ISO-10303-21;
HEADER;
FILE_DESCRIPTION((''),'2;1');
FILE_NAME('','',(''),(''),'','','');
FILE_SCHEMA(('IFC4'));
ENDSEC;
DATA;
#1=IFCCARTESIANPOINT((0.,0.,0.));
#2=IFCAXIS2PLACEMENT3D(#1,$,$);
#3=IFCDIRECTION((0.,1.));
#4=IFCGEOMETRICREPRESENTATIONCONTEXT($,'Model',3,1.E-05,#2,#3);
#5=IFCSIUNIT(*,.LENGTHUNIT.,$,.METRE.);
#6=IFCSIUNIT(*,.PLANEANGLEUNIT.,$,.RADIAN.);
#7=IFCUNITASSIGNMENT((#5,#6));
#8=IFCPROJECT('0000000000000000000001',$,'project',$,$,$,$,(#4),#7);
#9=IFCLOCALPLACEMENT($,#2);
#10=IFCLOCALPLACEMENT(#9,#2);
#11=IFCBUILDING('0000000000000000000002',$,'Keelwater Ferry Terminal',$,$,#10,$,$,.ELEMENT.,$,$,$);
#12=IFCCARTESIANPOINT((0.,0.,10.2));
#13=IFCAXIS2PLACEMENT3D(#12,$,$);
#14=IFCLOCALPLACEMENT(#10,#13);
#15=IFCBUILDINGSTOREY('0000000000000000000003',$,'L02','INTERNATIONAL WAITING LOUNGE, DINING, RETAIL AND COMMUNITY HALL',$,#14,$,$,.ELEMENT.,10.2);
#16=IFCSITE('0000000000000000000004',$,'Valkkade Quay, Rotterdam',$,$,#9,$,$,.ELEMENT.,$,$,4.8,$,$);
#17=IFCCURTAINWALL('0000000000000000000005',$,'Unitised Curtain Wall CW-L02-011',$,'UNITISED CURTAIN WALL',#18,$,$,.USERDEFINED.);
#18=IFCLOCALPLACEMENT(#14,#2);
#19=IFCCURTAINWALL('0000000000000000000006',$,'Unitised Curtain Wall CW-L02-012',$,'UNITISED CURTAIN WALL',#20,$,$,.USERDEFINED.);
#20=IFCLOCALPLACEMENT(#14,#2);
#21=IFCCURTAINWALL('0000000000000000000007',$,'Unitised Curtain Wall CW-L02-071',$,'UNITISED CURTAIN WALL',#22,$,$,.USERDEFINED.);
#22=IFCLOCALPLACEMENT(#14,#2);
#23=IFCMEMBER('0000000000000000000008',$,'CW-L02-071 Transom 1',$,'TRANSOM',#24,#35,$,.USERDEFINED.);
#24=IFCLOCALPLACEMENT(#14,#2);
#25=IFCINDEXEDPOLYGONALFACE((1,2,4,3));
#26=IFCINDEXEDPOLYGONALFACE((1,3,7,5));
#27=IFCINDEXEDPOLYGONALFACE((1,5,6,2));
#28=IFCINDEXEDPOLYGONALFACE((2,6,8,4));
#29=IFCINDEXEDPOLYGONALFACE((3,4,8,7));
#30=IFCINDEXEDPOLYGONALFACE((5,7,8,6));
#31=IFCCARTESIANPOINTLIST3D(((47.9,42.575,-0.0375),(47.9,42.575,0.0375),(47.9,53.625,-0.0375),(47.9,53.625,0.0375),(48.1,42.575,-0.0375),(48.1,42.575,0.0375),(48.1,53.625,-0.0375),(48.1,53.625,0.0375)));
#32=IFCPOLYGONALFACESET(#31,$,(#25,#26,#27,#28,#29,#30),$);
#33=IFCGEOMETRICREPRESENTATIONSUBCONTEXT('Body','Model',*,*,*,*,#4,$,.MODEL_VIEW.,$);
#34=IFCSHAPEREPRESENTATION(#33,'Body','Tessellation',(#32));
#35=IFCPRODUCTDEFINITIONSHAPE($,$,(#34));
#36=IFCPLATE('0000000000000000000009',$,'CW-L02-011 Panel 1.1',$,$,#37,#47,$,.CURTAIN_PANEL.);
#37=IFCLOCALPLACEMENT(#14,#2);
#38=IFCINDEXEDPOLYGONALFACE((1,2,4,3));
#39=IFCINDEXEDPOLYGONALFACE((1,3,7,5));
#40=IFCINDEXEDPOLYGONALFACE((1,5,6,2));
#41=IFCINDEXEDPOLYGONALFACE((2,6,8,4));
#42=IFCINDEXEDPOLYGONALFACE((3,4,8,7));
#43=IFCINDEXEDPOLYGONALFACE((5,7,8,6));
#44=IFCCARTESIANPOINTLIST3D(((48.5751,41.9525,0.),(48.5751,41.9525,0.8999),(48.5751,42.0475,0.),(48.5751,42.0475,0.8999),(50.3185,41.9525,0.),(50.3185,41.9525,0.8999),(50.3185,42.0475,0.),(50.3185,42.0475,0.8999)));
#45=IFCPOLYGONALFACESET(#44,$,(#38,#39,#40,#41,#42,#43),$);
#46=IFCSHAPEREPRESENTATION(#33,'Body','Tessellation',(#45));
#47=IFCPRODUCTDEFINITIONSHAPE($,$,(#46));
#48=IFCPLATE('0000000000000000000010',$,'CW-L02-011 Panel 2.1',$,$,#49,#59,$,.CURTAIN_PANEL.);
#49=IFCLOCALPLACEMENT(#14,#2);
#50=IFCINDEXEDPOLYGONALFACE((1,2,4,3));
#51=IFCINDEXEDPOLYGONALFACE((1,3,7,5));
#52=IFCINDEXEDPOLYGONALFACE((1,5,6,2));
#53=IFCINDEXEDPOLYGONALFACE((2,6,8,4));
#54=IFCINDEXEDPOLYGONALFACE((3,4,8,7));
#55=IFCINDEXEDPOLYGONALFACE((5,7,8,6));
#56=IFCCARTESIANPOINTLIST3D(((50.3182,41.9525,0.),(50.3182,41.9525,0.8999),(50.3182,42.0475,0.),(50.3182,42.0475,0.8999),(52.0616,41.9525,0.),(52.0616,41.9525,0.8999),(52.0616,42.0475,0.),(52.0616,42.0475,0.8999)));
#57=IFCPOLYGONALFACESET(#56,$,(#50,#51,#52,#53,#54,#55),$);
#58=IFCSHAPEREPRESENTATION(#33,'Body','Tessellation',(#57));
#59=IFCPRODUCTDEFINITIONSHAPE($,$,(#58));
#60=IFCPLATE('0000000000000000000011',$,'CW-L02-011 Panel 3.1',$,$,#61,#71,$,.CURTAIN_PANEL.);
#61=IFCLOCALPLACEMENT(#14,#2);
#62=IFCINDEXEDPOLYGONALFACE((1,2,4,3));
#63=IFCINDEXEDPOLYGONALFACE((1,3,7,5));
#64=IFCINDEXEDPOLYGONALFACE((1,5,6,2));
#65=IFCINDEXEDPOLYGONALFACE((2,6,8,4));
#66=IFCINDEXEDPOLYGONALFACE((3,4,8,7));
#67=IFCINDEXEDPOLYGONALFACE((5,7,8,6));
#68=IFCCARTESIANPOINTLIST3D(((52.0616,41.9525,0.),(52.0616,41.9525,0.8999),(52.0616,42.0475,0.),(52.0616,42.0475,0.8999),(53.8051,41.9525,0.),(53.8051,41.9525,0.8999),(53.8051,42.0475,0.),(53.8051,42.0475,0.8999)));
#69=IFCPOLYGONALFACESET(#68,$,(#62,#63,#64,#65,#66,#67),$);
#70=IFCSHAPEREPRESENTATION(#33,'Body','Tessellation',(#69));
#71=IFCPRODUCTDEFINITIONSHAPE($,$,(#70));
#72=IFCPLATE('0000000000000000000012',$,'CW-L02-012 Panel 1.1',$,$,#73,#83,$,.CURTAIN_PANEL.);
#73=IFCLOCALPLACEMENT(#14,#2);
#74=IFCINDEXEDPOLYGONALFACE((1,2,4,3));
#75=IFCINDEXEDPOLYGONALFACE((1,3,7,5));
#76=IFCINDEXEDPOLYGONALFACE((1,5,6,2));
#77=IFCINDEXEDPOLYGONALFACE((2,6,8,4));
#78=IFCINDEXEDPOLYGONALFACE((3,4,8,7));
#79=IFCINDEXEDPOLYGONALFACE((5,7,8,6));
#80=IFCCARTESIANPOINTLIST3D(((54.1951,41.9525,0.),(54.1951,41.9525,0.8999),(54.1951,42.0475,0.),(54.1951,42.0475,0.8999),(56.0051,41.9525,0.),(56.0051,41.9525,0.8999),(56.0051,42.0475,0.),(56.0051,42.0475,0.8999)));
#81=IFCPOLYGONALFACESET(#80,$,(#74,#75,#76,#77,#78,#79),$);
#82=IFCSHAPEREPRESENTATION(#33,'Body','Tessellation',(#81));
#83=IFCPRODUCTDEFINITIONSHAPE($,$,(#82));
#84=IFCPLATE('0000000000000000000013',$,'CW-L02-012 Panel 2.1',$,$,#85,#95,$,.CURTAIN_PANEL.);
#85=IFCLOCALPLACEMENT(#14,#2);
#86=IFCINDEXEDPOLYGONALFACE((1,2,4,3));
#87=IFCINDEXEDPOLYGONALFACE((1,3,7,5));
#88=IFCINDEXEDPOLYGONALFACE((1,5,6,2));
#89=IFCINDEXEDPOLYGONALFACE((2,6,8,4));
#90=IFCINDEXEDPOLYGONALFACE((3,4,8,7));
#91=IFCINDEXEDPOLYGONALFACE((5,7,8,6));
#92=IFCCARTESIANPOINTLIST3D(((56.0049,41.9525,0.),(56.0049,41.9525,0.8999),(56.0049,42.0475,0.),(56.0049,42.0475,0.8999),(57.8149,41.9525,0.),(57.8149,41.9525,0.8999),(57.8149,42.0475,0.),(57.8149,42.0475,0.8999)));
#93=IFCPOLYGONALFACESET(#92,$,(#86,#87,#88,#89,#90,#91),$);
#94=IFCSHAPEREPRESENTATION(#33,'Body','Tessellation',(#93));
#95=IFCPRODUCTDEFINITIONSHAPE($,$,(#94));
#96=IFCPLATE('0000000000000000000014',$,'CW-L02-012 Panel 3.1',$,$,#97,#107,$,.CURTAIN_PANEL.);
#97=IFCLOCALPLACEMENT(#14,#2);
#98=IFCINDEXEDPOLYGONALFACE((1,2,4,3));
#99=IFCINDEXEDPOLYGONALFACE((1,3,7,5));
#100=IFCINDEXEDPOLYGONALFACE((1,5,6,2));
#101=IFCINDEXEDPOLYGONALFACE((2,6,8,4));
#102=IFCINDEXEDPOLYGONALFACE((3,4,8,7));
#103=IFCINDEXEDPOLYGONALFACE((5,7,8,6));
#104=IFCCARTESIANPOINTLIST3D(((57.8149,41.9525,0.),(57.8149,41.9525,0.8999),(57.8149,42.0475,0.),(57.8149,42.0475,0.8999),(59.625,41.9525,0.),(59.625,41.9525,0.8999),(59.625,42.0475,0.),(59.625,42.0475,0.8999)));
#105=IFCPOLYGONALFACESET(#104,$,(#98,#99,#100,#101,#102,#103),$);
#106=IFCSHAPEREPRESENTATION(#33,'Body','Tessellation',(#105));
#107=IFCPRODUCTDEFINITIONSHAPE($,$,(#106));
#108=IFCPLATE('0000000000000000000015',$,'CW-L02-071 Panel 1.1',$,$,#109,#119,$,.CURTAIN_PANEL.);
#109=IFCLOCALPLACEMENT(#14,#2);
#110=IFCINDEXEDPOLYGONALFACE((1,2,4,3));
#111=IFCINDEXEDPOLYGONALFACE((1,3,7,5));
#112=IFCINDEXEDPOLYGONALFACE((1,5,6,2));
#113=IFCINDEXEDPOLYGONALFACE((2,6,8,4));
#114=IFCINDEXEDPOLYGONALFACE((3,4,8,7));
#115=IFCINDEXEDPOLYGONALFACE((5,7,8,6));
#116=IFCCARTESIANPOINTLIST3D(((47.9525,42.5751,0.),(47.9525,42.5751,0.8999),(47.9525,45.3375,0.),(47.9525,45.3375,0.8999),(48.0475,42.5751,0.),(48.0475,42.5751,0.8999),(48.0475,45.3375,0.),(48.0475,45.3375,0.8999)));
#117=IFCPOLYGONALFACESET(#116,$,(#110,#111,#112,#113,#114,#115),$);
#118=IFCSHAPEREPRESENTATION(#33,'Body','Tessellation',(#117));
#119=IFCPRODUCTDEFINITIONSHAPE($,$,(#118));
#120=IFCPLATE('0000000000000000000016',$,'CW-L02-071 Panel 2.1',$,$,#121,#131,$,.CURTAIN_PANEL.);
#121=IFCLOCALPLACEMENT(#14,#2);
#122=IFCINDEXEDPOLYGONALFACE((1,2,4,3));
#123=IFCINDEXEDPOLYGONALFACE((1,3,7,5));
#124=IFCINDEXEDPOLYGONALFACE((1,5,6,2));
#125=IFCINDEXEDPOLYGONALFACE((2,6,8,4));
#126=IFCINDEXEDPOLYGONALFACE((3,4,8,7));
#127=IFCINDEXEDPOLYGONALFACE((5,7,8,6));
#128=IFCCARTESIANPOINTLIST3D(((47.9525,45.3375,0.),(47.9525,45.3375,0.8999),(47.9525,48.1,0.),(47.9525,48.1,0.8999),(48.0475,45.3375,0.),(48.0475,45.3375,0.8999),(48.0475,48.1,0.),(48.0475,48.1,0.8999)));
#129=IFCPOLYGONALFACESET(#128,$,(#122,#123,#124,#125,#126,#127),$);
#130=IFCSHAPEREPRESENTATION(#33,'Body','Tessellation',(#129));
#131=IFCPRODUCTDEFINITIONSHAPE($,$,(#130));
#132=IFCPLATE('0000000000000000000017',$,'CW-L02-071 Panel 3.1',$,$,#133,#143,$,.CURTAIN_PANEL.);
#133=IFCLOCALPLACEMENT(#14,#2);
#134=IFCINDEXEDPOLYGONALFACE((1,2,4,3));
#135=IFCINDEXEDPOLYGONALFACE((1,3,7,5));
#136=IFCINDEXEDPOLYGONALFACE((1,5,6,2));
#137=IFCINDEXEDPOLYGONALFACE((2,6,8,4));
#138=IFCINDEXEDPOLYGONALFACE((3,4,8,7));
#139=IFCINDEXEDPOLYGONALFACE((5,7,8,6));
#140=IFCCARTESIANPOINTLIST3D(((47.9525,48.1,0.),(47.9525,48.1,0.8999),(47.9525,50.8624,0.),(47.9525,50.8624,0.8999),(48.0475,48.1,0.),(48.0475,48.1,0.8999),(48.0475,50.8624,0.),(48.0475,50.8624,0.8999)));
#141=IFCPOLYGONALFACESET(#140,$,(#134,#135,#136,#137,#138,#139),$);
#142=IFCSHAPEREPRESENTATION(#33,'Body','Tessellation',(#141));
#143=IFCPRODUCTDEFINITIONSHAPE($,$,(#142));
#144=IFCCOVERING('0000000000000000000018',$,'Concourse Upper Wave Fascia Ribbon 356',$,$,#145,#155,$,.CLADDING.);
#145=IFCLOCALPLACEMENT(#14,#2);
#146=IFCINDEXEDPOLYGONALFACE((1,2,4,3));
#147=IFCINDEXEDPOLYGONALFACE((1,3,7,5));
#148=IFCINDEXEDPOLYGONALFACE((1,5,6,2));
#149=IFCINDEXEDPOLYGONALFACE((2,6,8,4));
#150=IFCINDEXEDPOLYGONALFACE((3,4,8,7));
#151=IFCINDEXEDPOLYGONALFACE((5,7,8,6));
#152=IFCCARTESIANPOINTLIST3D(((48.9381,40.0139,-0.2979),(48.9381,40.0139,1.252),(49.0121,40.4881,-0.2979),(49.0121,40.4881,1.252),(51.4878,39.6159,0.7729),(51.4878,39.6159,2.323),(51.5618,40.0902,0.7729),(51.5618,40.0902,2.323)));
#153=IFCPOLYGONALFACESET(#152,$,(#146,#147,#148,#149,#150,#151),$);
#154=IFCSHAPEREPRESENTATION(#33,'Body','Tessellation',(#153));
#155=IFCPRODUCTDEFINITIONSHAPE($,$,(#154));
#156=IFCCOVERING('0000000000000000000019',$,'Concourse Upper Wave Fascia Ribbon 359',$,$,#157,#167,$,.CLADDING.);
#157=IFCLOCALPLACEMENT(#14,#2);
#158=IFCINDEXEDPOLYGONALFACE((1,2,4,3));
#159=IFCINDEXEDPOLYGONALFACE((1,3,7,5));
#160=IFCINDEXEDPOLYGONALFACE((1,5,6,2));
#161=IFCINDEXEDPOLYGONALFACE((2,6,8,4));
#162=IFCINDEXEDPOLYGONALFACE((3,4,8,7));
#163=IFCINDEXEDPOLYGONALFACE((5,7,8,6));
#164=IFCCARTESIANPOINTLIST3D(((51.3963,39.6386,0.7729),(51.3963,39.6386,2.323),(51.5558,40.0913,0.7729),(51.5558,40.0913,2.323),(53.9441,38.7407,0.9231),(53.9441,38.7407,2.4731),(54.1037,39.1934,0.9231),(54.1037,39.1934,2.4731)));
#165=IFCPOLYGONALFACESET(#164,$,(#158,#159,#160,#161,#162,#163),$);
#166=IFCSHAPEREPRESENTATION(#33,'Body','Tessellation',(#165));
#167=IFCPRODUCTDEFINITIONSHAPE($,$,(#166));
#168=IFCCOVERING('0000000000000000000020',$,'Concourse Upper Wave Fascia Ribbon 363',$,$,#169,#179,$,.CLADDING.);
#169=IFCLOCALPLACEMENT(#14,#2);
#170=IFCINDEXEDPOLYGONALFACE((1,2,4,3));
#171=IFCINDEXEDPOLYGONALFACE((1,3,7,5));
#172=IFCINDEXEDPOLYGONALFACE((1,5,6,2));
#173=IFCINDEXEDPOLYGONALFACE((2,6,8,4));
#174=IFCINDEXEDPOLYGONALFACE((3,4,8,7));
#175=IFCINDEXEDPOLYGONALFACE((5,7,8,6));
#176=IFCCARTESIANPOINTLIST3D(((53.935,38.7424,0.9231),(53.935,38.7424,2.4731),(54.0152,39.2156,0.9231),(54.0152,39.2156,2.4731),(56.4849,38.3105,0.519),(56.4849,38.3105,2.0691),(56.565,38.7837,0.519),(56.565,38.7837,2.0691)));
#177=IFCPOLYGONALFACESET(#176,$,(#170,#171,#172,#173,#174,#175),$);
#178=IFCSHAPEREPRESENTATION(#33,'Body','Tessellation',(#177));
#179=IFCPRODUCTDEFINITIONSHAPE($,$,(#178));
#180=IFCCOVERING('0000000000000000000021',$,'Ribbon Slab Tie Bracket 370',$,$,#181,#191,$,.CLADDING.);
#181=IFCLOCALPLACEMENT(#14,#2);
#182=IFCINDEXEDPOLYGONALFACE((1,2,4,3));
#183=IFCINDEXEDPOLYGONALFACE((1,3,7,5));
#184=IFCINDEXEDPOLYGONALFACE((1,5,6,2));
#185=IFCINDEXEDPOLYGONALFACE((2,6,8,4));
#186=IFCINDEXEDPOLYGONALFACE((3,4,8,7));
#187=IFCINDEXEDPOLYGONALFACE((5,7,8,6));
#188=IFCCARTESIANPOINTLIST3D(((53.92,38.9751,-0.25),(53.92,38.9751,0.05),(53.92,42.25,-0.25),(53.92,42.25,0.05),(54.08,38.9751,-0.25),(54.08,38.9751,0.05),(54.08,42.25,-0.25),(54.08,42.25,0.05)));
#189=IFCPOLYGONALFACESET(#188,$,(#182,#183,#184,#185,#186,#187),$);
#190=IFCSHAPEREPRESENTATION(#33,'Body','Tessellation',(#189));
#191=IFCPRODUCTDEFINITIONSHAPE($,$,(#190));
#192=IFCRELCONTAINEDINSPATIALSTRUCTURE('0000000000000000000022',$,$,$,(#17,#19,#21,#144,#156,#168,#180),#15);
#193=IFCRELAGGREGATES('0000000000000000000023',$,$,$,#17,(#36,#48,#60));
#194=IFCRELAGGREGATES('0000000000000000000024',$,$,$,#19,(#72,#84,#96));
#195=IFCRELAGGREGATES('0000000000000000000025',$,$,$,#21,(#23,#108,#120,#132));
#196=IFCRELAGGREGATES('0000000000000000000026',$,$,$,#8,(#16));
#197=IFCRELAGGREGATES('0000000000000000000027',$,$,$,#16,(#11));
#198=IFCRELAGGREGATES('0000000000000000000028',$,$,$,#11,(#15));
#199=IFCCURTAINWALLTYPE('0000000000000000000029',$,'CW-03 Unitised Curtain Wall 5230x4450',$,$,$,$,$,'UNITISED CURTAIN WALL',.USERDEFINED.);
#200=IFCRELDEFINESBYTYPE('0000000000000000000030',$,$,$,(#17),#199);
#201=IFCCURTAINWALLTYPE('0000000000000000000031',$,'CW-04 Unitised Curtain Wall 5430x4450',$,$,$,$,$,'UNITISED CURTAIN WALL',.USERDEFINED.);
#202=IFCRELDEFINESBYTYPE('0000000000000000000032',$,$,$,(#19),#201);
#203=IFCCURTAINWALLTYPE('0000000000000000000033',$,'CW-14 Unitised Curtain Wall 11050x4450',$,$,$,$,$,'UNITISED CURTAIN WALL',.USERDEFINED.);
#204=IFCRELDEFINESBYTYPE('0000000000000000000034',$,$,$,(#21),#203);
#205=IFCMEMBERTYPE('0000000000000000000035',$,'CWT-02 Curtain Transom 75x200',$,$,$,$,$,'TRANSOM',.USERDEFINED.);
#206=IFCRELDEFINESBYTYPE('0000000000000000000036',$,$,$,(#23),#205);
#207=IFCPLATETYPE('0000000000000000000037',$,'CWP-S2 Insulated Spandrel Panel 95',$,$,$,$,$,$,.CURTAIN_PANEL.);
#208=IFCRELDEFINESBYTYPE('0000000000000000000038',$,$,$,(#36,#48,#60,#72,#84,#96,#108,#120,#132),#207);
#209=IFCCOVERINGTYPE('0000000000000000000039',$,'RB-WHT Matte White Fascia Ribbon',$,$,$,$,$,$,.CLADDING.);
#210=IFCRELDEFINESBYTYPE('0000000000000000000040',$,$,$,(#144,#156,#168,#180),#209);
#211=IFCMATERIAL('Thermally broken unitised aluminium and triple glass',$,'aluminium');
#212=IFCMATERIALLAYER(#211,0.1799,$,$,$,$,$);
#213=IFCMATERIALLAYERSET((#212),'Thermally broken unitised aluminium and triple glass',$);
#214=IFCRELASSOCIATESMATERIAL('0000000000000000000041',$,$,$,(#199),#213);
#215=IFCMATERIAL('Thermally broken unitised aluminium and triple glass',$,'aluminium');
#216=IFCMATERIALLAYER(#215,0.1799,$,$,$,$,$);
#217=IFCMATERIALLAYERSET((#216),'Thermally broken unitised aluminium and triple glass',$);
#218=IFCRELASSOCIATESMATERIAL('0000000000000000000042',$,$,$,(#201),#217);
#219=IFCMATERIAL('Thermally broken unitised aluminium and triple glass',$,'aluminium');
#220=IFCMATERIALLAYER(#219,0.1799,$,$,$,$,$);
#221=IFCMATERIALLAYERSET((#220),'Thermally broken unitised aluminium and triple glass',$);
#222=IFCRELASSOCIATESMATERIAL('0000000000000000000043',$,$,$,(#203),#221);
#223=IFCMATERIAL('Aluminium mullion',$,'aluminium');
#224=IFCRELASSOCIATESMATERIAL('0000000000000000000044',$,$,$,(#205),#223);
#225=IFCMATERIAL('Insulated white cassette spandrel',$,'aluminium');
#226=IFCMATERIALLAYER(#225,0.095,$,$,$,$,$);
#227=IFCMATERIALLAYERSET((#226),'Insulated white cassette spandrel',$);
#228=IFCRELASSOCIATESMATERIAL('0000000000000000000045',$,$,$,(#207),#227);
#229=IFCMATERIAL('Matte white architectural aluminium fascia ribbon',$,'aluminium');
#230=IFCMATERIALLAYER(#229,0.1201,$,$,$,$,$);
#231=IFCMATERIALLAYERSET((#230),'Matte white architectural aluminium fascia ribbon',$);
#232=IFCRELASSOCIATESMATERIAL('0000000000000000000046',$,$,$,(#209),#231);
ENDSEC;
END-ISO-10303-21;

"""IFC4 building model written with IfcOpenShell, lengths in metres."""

from ifc_helpers import new_model, si_unit, direction, frame, frame_2d, origin, origin_2d, place, context, subcontext, project, spatial, polyline, rectangle, outline, extrude, material, layer, layer_set, material_profile, profile_set, type_object, element, aggregate, save


model = new_model("IFC4")

# Units and contexts
model_context = context("Model", 3, precision=1e-05, world=origin(), true_north=direction((0.0, 1.0)))
body_context = subcontext(model_context, "Body", "Model", "MODEL_VIEW")
ifc_project = project(units=[si_unit("LENGTHUNIT", "METRE"), si_unit("PLANEANGLEUNIT", "RADIAN")], contexts=[model_context])

# Site, building, storey
site_placement = place(None, origin())
site = spatial("IfcSite", under=ifc_project, at=site_placement, Name="Valkkade Quay, Rotterdam", CompositionType="ELEMENT", RefElevation=4.8)
building_placement = place(site_placement, origin())
building = spatial("IfcBuilding", under=site, at=building_placement, Name="Keelwater Ferry Terminal", CompositionType="ELEMENT")
storey_placement = place(building_placement, frame((0.0, 0.0, 10.2)))
storey = spatial("IfcBuildingStorey", under=building, at=storey_placement, Name="L02", Description="INTERNATIONAL WAITING LOUNGE, DINING, RETAIL AND COMMUNITY HALL", CompositionType="ELEMENT", Elevation=10.2)

# Curtain walls
ifc_material_1 = material(Name="Thermally broken unitised aluminium and triple glass", Category="aluminium")
ifc_layer_1 = layer(ifc_material_1, 0.1799)
ifc_layer_set_1 = layer_set([ifc_layer_1], Name="Thermally broken unitised aluminium and triple glass")
curtain_wall_type_1 = type_object("IfcCurtainWallType", Name="CW-03 Unitised Curtain Wall 5230x4450", ElementType="UNITISED CURTAIN WALL", PredefinedType="USERDEFINED", material=ifc_layer_set_1)
curtain_wall_1_placement = place(storey_placement, origin())
curtain_wall_1 = element("IfcCurtainWall", 1, at=curtain_wall_1_placement, inside=storey, type_object=curtain_wall_type_1, Name="Unitised Curtain Wall CW-L02-011", ObjectType="UNITISED CURTAIN WALL", PredefinedType="USERDEFINED")
ifc_material_2 = material(Name="Thermally broken unitised aluminium and triple glass", Category="aluminium")
ifc_layer_2 = layer(ifc_material_2, 0.1799)
ifc_layer_set_2 = layer_set([ifc_layer_2], Name="Thermally broken unitised aluminium and triple glass")
curtain_wall_type_2 = type_object("IfcCurtainWallType", Name="CW-04 Unitised Curtain Wall 5430x4450", ElementType="UNITISED CURTAIN WALL", PredefinedType="USERDEFINED", material=ifc_layer_set_2)
curtain_wall_2_placement = place(storey_placement, origin())
curtain_wall_2 = element("IfcCurtainWall", 2, at=curtain_wall_2_placement, inside=storey, type_object=curtain_wall_type_2, Name="Unitised Curtain Wall CW-L02-012", ObjectType="UNITISED CURTAIN WALL", PredefinedType="USERDEFINED")
ifc_material_3 = material(Name="Thermally broken unitised aluminium and triple glass", Category="aluminium")
ifc_layer_3 = layer(ifc_material_3, 0.1799)
ifc_layer_set_3 = layer_set([ifc_layer_3], Name="Thermally broken unitised aluminium and triple glass")
curtain_wall_type_3 = type_object("IfcCurtainWallType", Name="CW-14 Unitised Curtain Wall 11050x4450", ElementType="UNITISED CURTAIN WALL", PredefinedType="USERDEFINED", material=ifc_layer_set_3)
curtain_wall_3_placement = place(storey_placement, origin())
curtain_wall_3 = element("IfcCurtainWall", 3, at=curtain_wall_3_placement, inside=storey, type_object=curtain_wall_type_3, Name="Unitised Curtain Wall CW-L02-071", ObjectType="UNITISED CURTAIN WALL", PredefinedType="USERDEFINED")

# Member
ifc_material_4 = material(Name="Aluminium mullion", Category="aluminium")
ifc_material_profile_1 = material_profile(ifc_material_4, rectangle(XDim=0.2, YDim=0.075, at=origin_2d()), Name="CWT-02")
ifc_profile_set_1 = profile_set([ifc_material_profile_1], Name="Aluminium mullion")
member_type_1 = type_object("IfcMemberType", Name="CWT-02 Curtain Transom 75x200", ElementType="TRANSOM", PredefinedType="USERDEFINED", material=ifc_profile_set_1)
member_1_placement = place(storey_placement, frame((48.0, 42.575, 0.0), z_axis=(0.0, 1.0, 0.0), x_axis=(-1.0, 0.0, 0.0)))
member_1 = element("IfcMember", 4, at=member_1_placement, type_object=member_type_1, Name="CW-L02-071 Transom 1", ObjectType="TRANSOM", PredefinedType="USERDEFINED", context=body_context, shape_type="SweptSolid", body=[
    extrude(rectangle(XDim=0.2, YDim=0.075, at=origin_2d()), origin(), (0.0, 0.0, 1.0), 11.05),
])

# Plates
ifc_material_5 = material(Name="Insulated white cassette spandrel", Category="aluminium")
ifc_layer_4 = layer(ifc_material_5, 0.095)
ifc_layer_set_4 = layer_set([ifc_layer_4], Name="Insulated white cassette spandrel")
plate_type = type_object("IfcPlateType", Name="CWP-S2 Insulated Spandrel Panel 95", PredefinedType="CURTAIN_PANEL", material=ifc_layer_set_4)
plate_1_placement = place(storey_placement, frame((49.4468, 42.0, 0.0), z_axis=(0.0, 0.0, 1.0), x_axis=(1.0, 0.0, 0.0)))
plate_1 = element("IfcPlate", 5, at=plate_1_placement, type_object=plate_type, Name="CW-L02-011 Panel 1.1", PredefinedType="CURTAIN_PANEL", context=body_context, shape_type="SweptSolid", body=[
    extrude(rectangle(XDim=1.7434, YDim=0.095, at=origin_2d()), origin(), (0.0, 0.0, 1.0), 0.8999),
])
plate_2_placement = place(storey_placement, frame((51.1899, 42.0, 0.0), z_axis=(0.0, 0.0, 1.0), x_axis=(1.0, 0.0, 0.0)))
plate_2 = element("IfcPlate", 6, at=plate_2_placement, type_object=plate_type, Name="CW-L02-011 Panel 2.1", PredefinedType="CURTAIN_PANEL", context=body_context, shape_type="SweptSolid", body=[
    extrude(rectangle(XDim=1.7434, YDim=0.095, at=origin_2d()), origin(), (0.0, 0.0, 1.0), 0.8999),
])
plate_3_placement = place(storey_placement, frame((52.9333, 42.0, 0.0), z_axis=(0.0, 0.0, 1.0), x_axis=(1.0, 0.0, 0.0)))
plate_3 = element("IfcPlate", 7, at=plate_3_placement, type_object=plate_type, Name="CW-L02-011 Panel 3.1", PredefinedType="CURTAIN_PANEL", context=body_context, shape_type="SweptSolid", body=[
    extrude(rectangle(XDim=1.7434, YDim=0.095, at=origin_2d()), origin(), (0.0, 0.0, 1.0), 0.8999),
])
aggregate(curtain_wall_1, [plate_1, plate_2, plate_3])
plate_4_placement = place(storey_placement, frame((55.1001, 42.0, 0.0), z_axis=(0.0, 0.0, 1.0), x_axis=(1.0, 0.0, 0.0)))
plate_4 = element("IfcPlate", 8, at=plate_4_placement, type_object=plate_type, Name="CW-L02-012 Panel 1.1", PredefinedType="CURTAIN_PANEL", context=body_context, shape_type="SweptSolid", body=[
    extrude(rectangle(XDim=1.8101, YDim=0.095, at=origin_2d()), origin(), (0.0, 0.0, 1.0), 0.8999),
])
plate_5_placement = place(storey_placement, frame((56.9099, 42.0, 0.0), z_axis=(0.0, 0.0, 1.0), x_axis=(1.0, 0.0, 0.0)))
plate_5 = element("IfcPlate", 9, at=plate_5_placement, type_object=plate_type, Name="CW-L02-012 Panel 2.1", PredefinedType="CURTAIN_PANEL", context=body_context, shape_type="SweptSolid", body=[
    extrude(rectangle(XDim=1.8101, YDim=0.095, at=origin_2d()), origin(), (0.0, 0.0, 1.0), 0.8999),
])
plate_6_placement = place(storey_placement, frame((58.72, 42.0, 0.0), z_axis=(0.0, 0.0, 1.0), x_axis=(1.0, 0.0, 0.0)))
plate_6 = element("IfcPlate", 10, at=plate_6_placement, type_object=plate_type, Name="CW-L02-012 Panel 3.1", PredefinedType="CURTAIN_PANEL", context=body_context, shape_type="SweptSolid", body=[
    extrude(rectangle(XDim=1.8101, YDim=0.095, at=origin_2d()), origin(), (0.0, 0.0, 1.0), 0.8999),
])
aggregate(curtain_wall_2, [plate_4, plate_5, plate_6])
plate_7_placement = place(storey_placement, frame((48.0, 43.9563, 0.0), z_axis=(0.0, 0.0, 1.0), x_axis=(0.0, 1.0, 0.0)))
plate_7 = element("IfcPlate", 11, at=plate_7_placement, type_object=plate_type, Name="CW-L02-071 Panel 1.1", PredefinedType="CURTAIN_PANEL", context=body_context, shape_type="SweptSolid", body=[
    extrude(rectangle(XDim=2.7625, YDim=0.095, at=origin_2d()), origin(), (0.0, 0.0, 1.0), 0.8999),
])
plate_8_placement = place(storey_placement, frame((48.0, 46.7188, 0.0), z_axis=(0.0, 0.0, 1.0), x_axis=(0.0, 1.0, 0.0)))
plate_8 = element("IfcPlate", 12, at=plate_8_placement, type_object=plate_type, Name="CW-L02-071 Panel 2.1", PredefinedType="CURTAIN_PANEL", context=body_context, shape_type="SweptSolid", body=[
    extrude(rectangle(XDim=2.7625, YDim=0.095, at=origin_2d()), origin(), (0.0, 0.0, 1.0), 0.8999),
])
plate_9_placement = place(storey_placement, frame((48.0, 49.4812, 0.0), z_axis=(0.0, 0.0, 1.0), x_axis=(0.0, 1.0, 0.0)))
plate_9 = element("IfcPlate", 13, at=plate_9_placement, type_object=plate_type, Name="CW-L02-071 Panel 3.1", PredefinedType="CURTAIN_PANEL", context=body_context, shape_type="SweptSolid", body=[
    extrude(rectangle(XDim=2.7625, YDim=0.095, at=origin_2d()), origin(), (0.0, 0.0, 1.0), 0.8999),
])
aggregate(curtain_wall_3, [member_1, plate_7, plate_8, plate_9])

# Coverings
ifc_material_6 = material(Name="Matte white architectural aluminium fascia ribbon", Category="aluminium")
ifc_layer_5 = layer(ifc_material_6, 0.1201)
ifc_layer_set_5 = layer_set([ifc_layer_5], Name="Matte white architectural aluminium fascia ribbon")
covering_type = type_object("IfcCoveringType", Name="RB-WHT Matte White Fascia Ribbon", PredefinedType="CLADDING", material=ifc_layer_set_5)
covering_1_placement = place(storey_placement, frame((48.9751, 40.251, -0.2979), z_axis=(0.0, 0.0, 1.0), x_axis=(0.988039, -0.154204, 0.0)))
element("IfcCovering", 14, at=covering_1_placement, inside=storey, type_object=covering_type, Name="Concourse Upper Wave Fascia Ribbon 356", PredefinedType="CLADDING", context=body_context, shape_type="SweptSolid", body=[
    extrude(outline(polyline([(0.0, 0.0), (2.5806, 1.0708), (2.5806, 2.6208), (0.0, 1.5498), (0.0, 0.0)])), frame((0.0, 0.24, 0.0), z_axis=(0.0, -1.0, 0.0), x_axis=(1.0, 0.0, 0.0)), (0.0, 0.0, 1.0), 0.48),
])
covering_2_placement = place(storey_placement, frame((51.4761, 39.865, 0.7729), z_axis=(0.0, 0.0, 1.0), x_axis=(0.94314, -0.332395, 0.0)))
element("IfcCovering", 15, at=covering_2_placement, inside=storey, type_object=covering_type, Name="Concourse Upper Wave Fascia Ribbon 359", PredefinedType="CLADDING", context=body_context, shape_type="SweptSolid", body=[
    extrude(outline(polyline([(0.0, 0.0), (2.7014, 0.1501), (2.7014, 1.7002), (0.0, 1.55), (0.0, 0.0)])), frame((0.0, 0.24, 0.0), z_axis=(0.0, -1.0, 0.0), x_axis=(1.0, 0.0, 0.0)), (0.0, 0.0, 1.0), 0.48),
])
covering_3_placement = place(storey_placement, frame((53.9751, 38.979, 0.519), z_axis=(0.0, 0.0, 1.0), x_axis=(0.985957, -0.167001, 0.0)))
element("IfcCovering", 16, at=covering_3_placement, inside=storey, type_object=covering_type, Name="Concourse Upper Wave Fascia Ribbon 363", PredefinedType="CLADDING", context=body_context, shape_type="SweptSolid", body=[
    extrude(outline(polyline([(0.0, 0.4041), (2.5862, 0.0), (2.5862, 1.55), (0.0, 1.9541), (0.0, 0.4041)])), frame((0.0, 0.24, 0.0), z_axis=(0.0, -1.0, 0.0), x_axis=(1.0, 0.0, 0.0)), (0.0, 0.0, 1.0), 0.48),
])
covering_4_placement = place(storey_placement, frame((54.0, 38.9751, -0.25), z_axis=(0.0, 0.0, 1.0), x_axis=(0.0, 1.0, 0.0)))
element("IfcCovering", 17, at=covering_4_placement, inside=storey, type_object=covering_type, Name="Ribbon Slab Tie Bracket 370", PredefinedType="CLADDING", context=body_context, shape_type="SweptSolid", body=[
    extrude(rectangle(XDim=3.2749, YDim=0.1599, at=frame_2d((1.6375, 0.0))), origin(), (0.0, 0.0, 1.0), 0.3),
])

save(model, "model.ifc")
